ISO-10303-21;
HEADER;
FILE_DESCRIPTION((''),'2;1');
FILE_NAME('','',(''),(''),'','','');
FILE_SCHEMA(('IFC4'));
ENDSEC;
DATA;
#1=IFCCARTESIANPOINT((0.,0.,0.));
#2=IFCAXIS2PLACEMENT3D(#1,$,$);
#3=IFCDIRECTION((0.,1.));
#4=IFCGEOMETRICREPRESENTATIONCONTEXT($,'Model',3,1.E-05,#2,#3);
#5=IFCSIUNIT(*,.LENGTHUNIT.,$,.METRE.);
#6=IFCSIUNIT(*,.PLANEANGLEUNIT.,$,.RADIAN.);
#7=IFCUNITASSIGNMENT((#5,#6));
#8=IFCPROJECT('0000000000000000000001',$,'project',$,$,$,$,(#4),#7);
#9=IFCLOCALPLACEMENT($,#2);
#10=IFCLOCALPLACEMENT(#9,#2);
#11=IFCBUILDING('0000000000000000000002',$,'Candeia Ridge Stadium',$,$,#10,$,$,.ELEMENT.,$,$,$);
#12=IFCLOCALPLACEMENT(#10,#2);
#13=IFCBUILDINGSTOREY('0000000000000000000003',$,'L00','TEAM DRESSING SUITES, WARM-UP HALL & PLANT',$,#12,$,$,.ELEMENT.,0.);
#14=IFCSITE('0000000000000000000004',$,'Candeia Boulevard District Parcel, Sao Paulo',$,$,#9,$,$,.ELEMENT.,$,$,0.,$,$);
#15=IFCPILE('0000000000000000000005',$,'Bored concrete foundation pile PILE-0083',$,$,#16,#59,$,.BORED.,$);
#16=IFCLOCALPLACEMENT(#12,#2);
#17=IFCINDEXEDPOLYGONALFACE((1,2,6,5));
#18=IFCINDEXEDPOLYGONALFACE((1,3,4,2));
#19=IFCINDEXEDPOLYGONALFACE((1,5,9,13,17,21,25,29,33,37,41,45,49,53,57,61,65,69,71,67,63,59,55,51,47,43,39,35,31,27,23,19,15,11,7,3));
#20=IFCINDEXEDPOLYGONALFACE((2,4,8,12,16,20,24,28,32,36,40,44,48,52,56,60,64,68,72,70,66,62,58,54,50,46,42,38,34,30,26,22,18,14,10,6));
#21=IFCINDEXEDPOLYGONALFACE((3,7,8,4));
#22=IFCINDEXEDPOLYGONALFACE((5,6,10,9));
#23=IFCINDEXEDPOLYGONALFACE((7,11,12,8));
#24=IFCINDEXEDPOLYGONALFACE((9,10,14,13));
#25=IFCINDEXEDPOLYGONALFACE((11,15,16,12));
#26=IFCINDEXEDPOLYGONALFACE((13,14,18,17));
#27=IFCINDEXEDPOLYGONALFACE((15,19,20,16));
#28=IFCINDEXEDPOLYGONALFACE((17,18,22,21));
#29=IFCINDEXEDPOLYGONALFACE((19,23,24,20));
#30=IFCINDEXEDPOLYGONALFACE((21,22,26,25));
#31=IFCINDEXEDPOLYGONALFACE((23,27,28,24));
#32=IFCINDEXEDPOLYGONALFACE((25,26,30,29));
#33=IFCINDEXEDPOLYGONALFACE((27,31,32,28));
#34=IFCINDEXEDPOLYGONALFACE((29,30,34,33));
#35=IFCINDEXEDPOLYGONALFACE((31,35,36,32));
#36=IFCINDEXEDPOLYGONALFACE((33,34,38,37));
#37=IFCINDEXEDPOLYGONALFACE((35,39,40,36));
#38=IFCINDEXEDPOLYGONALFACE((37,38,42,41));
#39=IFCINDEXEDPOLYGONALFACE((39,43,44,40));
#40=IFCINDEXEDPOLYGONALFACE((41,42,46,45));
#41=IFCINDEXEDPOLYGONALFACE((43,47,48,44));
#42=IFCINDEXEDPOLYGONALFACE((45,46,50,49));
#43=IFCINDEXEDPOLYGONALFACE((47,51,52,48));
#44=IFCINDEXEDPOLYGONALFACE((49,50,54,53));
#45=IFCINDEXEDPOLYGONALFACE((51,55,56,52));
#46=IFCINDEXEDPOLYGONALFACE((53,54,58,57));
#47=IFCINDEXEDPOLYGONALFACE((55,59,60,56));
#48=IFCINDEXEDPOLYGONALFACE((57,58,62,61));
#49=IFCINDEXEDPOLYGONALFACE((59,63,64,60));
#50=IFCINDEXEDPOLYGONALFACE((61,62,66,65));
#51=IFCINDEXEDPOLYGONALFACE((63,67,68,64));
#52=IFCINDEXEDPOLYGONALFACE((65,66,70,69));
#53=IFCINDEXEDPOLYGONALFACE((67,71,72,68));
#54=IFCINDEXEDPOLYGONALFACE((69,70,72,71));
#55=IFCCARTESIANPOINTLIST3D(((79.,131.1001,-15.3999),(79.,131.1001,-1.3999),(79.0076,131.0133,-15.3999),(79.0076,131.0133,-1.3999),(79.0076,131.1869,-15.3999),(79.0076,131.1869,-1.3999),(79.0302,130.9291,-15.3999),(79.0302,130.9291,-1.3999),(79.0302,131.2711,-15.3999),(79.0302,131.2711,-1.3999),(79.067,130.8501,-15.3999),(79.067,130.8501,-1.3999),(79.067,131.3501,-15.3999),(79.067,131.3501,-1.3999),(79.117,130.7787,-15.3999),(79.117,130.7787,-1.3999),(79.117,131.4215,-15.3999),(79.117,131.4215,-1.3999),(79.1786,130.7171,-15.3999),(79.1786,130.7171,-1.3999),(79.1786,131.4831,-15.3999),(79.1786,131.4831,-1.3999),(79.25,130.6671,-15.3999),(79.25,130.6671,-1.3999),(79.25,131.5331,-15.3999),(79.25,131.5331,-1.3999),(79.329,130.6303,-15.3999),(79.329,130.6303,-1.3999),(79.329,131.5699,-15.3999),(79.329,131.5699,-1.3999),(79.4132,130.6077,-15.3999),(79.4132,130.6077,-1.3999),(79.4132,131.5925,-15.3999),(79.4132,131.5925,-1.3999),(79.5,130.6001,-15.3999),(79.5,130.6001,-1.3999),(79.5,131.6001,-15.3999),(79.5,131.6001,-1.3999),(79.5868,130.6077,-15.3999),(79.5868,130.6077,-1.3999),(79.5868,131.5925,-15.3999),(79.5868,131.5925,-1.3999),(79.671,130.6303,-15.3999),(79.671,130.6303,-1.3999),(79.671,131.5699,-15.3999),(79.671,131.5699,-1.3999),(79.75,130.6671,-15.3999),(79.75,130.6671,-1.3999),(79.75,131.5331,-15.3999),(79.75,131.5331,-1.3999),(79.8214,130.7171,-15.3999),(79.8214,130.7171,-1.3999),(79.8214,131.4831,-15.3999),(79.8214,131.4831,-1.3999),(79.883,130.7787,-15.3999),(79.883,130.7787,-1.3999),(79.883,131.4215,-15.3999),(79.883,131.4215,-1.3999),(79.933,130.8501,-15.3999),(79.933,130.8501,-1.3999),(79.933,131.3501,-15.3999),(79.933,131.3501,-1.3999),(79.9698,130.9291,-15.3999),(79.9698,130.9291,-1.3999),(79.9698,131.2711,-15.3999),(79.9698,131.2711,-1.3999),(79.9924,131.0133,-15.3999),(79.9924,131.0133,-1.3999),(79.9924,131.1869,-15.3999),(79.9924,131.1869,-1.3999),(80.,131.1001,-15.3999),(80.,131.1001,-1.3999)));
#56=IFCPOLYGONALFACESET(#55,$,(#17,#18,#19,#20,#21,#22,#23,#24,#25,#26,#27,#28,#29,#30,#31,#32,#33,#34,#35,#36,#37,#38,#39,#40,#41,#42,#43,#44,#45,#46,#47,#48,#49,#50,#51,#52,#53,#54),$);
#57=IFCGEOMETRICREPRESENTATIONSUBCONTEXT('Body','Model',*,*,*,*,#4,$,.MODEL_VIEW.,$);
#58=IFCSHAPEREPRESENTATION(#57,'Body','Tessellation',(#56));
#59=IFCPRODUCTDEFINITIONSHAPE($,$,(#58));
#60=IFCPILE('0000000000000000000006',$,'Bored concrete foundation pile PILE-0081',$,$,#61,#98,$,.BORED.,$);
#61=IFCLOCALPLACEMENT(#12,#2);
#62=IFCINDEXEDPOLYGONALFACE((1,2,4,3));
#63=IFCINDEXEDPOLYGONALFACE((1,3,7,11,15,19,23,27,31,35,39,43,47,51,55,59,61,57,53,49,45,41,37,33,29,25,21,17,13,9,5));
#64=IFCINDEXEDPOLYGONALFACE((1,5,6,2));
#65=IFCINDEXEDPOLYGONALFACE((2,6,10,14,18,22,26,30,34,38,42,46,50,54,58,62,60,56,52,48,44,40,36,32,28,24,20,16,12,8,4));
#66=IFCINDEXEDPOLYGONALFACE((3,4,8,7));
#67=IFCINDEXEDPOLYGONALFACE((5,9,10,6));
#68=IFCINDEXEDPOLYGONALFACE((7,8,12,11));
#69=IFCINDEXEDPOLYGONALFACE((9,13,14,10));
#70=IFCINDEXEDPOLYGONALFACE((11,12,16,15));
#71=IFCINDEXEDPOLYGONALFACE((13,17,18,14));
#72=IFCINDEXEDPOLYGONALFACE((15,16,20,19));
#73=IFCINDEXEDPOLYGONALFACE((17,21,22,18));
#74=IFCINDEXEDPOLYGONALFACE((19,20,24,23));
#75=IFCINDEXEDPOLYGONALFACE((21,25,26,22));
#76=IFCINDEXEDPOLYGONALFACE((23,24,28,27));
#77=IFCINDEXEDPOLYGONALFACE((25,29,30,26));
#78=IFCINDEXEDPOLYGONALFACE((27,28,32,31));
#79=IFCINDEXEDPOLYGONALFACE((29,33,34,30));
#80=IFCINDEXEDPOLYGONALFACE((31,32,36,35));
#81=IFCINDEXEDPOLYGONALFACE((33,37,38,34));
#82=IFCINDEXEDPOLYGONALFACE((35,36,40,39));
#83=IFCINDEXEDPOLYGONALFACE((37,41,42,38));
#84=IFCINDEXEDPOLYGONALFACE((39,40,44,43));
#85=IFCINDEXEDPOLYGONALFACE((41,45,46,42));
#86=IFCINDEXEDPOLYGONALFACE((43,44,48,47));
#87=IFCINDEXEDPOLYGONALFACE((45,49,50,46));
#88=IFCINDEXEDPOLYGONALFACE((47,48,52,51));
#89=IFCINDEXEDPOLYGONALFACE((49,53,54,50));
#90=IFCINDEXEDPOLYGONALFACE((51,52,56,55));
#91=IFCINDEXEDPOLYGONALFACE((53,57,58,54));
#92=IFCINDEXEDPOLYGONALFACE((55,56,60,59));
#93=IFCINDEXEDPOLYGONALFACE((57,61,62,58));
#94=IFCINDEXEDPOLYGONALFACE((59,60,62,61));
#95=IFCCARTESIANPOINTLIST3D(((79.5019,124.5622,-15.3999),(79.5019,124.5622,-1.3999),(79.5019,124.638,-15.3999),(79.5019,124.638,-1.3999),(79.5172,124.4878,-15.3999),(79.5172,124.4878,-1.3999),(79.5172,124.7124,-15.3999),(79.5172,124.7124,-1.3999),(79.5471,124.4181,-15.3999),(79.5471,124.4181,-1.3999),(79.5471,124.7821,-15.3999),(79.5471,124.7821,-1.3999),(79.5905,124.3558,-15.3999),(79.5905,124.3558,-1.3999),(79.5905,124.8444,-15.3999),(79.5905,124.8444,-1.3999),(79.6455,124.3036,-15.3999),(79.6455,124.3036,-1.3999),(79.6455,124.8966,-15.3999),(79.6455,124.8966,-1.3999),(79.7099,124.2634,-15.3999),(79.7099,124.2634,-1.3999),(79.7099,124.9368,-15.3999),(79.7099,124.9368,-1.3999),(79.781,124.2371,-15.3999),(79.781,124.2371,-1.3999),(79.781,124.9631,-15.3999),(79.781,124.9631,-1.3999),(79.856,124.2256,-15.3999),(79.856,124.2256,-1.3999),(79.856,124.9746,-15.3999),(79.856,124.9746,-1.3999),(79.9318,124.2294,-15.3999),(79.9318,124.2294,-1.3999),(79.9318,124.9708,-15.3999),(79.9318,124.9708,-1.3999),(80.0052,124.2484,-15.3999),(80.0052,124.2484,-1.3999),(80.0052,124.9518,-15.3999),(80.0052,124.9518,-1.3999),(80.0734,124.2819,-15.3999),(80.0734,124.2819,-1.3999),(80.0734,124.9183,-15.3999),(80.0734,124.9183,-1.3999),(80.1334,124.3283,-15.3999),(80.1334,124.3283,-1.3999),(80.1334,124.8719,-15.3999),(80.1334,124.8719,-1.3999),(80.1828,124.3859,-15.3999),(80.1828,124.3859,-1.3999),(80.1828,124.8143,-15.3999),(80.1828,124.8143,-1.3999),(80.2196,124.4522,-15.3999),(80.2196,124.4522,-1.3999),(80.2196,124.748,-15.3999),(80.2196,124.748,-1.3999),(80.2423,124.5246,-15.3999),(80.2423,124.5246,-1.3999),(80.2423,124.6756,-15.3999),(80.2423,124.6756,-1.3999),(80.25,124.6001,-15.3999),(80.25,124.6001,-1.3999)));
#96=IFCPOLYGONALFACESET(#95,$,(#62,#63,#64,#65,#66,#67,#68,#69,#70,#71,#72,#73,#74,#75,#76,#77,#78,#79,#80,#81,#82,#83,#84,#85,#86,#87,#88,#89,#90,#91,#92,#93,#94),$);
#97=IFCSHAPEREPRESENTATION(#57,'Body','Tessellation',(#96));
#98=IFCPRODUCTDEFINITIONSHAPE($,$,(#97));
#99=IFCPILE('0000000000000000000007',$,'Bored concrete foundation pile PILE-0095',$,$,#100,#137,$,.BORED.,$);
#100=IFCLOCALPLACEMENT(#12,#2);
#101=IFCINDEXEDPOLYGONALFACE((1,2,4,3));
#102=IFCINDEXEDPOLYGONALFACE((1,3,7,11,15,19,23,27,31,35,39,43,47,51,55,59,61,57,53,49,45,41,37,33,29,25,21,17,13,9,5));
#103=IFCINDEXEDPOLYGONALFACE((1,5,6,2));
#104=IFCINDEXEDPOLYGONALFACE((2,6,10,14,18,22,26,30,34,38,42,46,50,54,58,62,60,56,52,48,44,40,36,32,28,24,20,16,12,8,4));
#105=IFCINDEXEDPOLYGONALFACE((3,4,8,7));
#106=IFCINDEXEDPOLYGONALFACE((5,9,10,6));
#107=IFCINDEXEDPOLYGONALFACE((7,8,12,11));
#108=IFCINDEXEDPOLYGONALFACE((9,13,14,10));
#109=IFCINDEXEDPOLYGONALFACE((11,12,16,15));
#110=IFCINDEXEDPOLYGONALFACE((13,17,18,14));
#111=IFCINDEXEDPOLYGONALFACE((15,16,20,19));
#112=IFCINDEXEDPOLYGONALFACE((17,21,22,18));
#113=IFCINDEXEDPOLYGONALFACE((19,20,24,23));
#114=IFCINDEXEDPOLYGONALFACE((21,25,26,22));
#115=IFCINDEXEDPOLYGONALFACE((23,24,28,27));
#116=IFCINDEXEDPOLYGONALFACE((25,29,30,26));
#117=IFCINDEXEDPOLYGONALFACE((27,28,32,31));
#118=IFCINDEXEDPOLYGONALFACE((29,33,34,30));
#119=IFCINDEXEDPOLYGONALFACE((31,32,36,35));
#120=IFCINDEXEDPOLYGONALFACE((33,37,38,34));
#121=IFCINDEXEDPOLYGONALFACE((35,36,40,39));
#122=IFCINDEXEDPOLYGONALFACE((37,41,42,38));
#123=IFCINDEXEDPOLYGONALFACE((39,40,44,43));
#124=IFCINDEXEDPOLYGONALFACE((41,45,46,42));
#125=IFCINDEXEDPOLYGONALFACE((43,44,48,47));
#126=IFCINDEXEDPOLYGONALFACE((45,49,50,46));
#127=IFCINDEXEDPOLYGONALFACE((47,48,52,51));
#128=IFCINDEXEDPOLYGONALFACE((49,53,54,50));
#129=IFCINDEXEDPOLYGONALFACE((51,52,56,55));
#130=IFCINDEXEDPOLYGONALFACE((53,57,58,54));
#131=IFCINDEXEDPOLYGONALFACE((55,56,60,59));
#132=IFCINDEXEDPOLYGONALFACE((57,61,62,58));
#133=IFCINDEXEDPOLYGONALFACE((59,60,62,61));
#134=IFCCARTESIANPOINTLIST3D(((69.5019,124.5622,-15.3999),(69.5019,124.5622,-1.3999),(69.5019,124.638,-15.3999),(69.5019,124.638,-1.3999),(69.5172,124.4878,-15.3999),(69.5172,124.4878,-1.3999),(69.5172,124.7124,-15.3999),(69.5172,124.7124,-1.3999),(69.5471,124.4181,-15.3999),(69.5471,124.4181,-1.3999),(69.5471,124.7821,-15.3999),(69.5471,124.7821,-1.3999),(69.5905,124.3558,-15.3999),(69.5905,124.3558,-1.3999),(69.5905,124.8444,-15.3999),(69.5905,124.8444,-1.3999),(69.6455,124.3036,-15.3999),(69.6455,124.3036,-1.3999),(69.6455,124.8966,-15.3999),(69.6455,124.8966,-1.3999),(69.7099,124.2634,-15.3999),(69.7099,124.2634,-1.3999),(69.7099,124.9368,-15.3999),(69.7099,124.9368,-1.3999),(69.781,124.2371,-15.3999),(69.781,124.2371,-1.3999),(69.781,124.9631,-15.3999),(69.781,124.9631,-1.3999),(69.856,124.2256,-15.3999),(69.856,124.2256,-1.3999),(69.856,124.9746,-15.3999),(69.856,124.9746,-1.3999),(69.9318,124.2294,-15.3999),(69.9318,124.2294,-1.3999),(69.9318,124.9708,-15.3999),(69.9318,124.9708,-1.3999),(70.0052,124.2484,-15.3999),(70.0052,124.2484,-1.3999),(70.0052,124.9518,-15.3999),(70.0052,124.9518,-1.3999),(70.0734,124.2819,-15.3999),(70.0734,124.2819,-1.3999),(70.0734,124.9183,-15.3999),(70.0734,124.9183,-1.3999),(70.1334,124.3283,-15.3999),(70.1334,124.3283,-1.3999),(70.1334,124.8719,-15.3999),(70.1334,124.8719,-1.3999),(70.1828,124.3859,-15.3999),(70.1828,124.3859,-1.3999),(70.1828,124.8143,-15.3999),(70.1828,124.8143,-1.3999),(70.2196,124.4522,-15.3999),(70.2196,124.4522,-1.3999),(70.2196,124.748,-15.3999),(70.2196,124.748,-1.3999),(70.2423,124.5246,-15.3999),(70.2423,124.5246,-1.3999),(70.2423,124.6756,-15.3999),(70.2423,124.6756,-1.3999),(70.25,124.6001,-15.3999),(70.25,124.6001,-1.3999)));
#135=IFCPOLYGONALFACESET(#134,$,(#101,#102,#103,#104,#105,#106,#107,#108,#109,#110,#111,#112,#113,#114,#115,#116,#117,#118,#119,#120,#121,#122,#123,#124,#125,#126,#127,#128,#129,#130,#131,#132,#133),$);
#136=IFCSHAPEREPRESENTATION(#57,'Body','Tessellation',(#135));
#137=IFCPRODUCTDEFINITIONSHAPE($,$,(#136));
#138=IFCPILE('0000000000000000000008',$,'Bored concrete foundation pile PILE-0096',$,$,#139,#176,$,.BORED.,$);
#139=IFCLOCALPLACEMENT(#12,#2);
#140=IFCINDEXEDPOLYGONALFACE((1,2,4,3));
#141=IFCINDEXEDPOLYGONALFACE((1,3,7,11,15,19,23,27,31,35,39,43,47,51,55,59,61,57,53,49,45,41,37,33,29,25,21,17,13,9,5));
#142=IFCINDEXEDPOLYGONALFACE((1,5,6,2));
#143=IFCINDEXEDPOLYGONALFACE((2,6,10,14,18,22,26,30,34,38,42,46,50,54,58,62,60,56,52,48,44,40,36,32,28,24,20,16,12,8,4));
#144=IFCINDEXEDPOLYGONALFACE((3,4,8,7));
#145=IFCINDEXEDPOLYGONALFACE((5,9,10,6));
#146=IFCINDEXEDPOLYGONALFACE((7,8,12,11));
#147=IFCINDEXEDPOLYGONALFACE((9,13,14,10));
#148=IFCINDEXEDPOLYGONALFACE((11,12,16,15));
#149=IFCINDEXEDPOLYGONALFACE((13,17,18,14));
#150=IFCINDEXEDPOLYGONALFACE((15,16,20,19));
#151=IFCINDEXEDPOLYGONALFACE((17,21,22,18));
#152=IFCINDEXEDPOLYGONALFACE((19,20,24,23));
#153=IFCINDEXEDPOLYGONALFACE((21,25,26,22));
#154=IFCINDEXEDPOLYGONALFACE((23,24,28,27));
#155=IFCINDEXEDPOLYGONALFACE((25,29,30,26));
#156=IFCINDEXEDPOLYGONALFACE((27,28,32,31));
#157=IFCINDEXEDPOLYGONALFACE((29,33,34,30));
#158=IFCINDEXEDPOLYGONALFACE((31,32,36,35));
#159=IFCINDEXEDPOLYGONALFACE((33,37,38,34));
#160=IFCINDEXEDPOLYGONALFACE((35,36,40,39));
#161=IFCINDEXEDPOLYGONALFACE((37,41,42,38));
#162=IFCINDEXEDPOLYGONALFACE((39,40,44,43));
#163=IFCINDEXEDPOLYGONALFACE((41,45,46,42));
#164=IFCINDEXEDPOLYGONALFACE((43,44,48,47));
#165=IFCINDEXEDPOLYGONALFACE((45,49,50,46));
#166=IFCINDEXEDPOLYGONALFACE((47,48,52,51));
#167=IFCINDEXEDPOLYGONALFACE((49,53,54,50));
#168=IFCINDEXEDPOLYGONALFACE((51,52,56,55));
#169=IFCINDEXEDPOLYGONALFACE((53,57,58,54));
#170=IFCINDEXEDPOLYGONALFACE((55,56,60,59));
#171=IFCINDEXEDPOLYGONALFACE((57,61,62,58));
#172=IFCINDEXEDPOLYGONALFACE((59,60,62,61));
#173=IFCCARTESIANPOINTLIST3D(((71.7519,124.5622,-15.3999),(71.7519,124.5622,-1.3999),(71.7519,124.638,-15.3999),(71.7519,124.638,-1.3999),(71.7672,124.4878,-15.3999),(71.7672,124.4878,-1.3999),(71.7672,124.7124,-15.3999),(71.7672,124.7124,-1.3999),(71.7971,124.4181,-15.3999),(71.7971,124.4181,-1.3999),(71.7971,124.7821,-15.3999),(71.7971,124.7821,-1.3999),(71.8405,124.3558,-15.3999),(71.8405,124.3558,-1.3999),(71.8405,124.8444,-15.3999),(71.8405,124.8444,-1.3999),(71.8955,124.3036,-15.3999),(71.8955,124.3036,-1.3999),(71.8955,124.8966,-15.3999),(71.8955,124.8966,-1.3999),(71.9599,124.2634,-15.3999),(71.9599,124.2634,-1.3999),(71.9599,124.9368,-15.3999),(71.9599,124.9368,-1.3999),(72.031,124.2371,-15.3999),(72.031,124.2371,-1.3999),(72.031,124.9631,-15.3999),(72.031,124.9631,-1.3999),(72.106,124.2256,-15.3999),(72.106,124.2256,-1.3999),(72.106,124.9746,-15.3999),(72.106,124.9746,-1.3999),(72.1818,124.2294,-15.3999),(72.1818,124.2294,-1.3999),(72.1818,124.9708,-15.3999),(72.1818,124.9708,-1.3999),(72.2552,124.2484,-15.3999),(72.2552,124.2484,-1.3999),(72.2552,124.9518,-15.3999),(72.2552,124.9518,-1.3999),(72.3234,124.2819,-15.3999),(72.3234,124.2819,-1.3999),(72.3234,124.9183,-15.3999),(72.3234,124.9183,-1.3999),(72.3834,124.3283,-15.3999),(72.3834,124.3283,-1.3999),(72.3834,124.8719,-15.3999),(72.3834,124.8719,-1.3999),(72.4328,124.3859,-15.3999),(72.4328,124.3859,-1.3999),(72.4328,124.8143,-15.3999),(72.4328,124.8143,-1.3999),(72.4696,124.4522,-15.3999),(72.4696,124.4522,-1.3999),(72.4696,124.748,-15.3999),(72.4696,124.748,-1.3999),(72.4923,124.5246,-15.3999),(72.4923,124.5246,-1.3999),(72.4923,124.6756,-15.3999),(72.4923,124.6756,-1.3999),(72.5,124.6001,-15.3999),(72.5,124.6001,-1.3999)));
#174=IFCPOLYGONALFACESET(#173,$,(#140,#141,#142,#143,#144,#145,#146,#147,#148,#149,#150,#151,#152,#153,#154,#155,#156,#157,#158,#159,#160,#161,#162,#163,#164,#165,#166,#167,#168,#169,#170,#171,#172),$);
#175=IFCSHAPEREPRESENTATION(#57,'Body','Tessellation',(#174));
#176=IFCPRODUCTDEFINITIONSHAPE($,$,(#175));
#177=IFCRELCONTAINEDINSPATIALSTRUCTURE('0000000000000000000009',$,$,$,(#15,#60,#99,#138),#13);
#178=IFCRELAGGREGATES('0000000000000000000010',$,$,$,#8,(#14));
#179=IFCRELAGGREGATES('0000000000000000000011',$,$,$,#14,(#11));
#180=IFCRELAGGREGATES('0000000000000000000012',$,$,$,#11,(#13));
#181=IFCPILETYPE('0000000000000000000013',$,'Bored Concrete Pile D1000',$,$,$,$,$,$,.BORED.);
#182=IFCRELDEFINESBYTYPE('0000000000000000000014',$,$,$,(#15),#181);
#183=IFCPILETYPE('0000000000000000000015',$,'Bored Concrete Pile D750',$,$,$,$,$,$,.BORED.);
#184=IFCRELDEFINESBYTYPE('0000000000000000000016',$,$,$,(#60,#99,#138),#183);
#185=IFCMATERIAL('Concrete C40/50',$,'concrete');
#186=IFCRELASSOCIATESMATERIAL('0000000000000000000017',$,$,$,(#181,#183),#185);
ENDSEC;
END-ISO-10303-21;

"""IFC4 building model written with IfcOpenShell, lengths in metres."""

from ifc_helpers import new_model, si_unit, direction, frame, origin, origin_2d, place, context, subcontext, project, spatial, circle, extrude, material, material_profile, profile_set, type_object, element, save


model = new_model("IFC4")

# Units and contexts
model_context = context("Model", 3, precision=1e-05, world=origin(), true_north=direction((0.0, 1.0)))
body_context = subcontext(model_context, "Body", "Model", "MODEL_VIEW")
ifc_project = project(units=[si_unit("LENGTHUNIT", "METRE"), si_unit("PLANEANGLEUNIT", "RADIAN")], contexts=[model_context])

# Site, building, storey
site_placement = place(None, origin())
site = spatial("IfcSite", under=ifc_project, at=site_placement, Name="Candeia Boulevard District Parcel, Sao Paulo", CompositionType="ELEMENT", RefElevation=0.0)
building_placement = place(site_placement, origin())
building = spatial("IfcBuilding", under=site, at=building_placement, Name="Candeia Ridge Stadium", CompositionType="ELEMENT")
storey_placement = place(building_placement, origin())
storey = spatial("IfcBuildingStorey", under=building, at=storey_placement, Name="L00", Description="TEAM DRESSING SUITES, WARM-UP HALL & PLANT", CompositionType="ELEMENT", Elevation=0.0)

# Piles
ifc_material_1 = material(Name="Concrete C40/50", Category="concrete")
ifc_material_profile_1 = material_profile(ifc_material_1, circle(Radius=0.5, at=origin_2d()), Name="PILE-D1000", Category="concrete")
ifc_profile_set_1 = profile_set([ifc_material_profile_1], Name="Concrete C40/50")
pile_type_1 = type_object("IfcPileType", Name="Bored Concrete Pile D1000", PredefinedType="BORED", material=ifc_profile_set_1)
pile_1_placement = place(storey_placement, frame((79.5, 131.1001, -1.3999), z_axis=(0.0, 0.0, -1.0), x_axis=(1.0, 0.0, 0.0)))
element("IfcPile", 1, at=pile_1_placement, inside=storey, type_object=pile_type_1, Name="Bored concrete foundation pile PILE-0083", PredefinedType="BORED", context=body_context, shape_type="SweptSolid", body=[
    extrude(circle(Radius=0.5, at=origin_2d()), origin(), (0.0, 0.0, 1.0), 14.0),
])
ifc_material_profile_2 = material_profile(ifc_material_1, circle(Radius=0.375, at=origin_2d()), Name="PILE-D750", Category="concrete")
ifc_profile_set_2 = profile_set([ifc_material_profile_2], Name="Concrete C40/50")
pile_type_2 = type_object("IfcPileType", Name="Bored Concrete Pile D750", PredefinedType="BORED", material=ifc_profile_set_2)
for number, where, z_axis, x_axis, name in (
    (2, (79.875, 124.6001, -1.3999), (0.0, 0.0, -1.0), (1.0, 0.0, 0.0), "Bored concrete foundation pile PILE-0081"),
    (3, (69.875, 124.6001, -1.3999), (0.0, 0.0, -1.0), (1.0, 0.0, 0.0), "Bored concrete foundation pile PILE-0095"),
    (4, (72.125, 124.6001, -1.3999), (0.0, 0.0, -1.0), (1.0, 0.0, 0.0), "Bored concrete foundation pile PILE-0096"),
):
    element("IfcPile", number, at=place(storey_placement, frame(where, z_axis=z_axis, x_axis=x_axis)), inside=storey, type_object=pile_type_2, Name=name, PredefinedType="BORED", context=body_context, shape_type="SweptSolid", body=[
        extrude(circle(Radius=0.375, at=origin_2d()), origin(), (0.0, 0.0, 1.0), 14.0),
    ])

save(model, "model.ifc")
